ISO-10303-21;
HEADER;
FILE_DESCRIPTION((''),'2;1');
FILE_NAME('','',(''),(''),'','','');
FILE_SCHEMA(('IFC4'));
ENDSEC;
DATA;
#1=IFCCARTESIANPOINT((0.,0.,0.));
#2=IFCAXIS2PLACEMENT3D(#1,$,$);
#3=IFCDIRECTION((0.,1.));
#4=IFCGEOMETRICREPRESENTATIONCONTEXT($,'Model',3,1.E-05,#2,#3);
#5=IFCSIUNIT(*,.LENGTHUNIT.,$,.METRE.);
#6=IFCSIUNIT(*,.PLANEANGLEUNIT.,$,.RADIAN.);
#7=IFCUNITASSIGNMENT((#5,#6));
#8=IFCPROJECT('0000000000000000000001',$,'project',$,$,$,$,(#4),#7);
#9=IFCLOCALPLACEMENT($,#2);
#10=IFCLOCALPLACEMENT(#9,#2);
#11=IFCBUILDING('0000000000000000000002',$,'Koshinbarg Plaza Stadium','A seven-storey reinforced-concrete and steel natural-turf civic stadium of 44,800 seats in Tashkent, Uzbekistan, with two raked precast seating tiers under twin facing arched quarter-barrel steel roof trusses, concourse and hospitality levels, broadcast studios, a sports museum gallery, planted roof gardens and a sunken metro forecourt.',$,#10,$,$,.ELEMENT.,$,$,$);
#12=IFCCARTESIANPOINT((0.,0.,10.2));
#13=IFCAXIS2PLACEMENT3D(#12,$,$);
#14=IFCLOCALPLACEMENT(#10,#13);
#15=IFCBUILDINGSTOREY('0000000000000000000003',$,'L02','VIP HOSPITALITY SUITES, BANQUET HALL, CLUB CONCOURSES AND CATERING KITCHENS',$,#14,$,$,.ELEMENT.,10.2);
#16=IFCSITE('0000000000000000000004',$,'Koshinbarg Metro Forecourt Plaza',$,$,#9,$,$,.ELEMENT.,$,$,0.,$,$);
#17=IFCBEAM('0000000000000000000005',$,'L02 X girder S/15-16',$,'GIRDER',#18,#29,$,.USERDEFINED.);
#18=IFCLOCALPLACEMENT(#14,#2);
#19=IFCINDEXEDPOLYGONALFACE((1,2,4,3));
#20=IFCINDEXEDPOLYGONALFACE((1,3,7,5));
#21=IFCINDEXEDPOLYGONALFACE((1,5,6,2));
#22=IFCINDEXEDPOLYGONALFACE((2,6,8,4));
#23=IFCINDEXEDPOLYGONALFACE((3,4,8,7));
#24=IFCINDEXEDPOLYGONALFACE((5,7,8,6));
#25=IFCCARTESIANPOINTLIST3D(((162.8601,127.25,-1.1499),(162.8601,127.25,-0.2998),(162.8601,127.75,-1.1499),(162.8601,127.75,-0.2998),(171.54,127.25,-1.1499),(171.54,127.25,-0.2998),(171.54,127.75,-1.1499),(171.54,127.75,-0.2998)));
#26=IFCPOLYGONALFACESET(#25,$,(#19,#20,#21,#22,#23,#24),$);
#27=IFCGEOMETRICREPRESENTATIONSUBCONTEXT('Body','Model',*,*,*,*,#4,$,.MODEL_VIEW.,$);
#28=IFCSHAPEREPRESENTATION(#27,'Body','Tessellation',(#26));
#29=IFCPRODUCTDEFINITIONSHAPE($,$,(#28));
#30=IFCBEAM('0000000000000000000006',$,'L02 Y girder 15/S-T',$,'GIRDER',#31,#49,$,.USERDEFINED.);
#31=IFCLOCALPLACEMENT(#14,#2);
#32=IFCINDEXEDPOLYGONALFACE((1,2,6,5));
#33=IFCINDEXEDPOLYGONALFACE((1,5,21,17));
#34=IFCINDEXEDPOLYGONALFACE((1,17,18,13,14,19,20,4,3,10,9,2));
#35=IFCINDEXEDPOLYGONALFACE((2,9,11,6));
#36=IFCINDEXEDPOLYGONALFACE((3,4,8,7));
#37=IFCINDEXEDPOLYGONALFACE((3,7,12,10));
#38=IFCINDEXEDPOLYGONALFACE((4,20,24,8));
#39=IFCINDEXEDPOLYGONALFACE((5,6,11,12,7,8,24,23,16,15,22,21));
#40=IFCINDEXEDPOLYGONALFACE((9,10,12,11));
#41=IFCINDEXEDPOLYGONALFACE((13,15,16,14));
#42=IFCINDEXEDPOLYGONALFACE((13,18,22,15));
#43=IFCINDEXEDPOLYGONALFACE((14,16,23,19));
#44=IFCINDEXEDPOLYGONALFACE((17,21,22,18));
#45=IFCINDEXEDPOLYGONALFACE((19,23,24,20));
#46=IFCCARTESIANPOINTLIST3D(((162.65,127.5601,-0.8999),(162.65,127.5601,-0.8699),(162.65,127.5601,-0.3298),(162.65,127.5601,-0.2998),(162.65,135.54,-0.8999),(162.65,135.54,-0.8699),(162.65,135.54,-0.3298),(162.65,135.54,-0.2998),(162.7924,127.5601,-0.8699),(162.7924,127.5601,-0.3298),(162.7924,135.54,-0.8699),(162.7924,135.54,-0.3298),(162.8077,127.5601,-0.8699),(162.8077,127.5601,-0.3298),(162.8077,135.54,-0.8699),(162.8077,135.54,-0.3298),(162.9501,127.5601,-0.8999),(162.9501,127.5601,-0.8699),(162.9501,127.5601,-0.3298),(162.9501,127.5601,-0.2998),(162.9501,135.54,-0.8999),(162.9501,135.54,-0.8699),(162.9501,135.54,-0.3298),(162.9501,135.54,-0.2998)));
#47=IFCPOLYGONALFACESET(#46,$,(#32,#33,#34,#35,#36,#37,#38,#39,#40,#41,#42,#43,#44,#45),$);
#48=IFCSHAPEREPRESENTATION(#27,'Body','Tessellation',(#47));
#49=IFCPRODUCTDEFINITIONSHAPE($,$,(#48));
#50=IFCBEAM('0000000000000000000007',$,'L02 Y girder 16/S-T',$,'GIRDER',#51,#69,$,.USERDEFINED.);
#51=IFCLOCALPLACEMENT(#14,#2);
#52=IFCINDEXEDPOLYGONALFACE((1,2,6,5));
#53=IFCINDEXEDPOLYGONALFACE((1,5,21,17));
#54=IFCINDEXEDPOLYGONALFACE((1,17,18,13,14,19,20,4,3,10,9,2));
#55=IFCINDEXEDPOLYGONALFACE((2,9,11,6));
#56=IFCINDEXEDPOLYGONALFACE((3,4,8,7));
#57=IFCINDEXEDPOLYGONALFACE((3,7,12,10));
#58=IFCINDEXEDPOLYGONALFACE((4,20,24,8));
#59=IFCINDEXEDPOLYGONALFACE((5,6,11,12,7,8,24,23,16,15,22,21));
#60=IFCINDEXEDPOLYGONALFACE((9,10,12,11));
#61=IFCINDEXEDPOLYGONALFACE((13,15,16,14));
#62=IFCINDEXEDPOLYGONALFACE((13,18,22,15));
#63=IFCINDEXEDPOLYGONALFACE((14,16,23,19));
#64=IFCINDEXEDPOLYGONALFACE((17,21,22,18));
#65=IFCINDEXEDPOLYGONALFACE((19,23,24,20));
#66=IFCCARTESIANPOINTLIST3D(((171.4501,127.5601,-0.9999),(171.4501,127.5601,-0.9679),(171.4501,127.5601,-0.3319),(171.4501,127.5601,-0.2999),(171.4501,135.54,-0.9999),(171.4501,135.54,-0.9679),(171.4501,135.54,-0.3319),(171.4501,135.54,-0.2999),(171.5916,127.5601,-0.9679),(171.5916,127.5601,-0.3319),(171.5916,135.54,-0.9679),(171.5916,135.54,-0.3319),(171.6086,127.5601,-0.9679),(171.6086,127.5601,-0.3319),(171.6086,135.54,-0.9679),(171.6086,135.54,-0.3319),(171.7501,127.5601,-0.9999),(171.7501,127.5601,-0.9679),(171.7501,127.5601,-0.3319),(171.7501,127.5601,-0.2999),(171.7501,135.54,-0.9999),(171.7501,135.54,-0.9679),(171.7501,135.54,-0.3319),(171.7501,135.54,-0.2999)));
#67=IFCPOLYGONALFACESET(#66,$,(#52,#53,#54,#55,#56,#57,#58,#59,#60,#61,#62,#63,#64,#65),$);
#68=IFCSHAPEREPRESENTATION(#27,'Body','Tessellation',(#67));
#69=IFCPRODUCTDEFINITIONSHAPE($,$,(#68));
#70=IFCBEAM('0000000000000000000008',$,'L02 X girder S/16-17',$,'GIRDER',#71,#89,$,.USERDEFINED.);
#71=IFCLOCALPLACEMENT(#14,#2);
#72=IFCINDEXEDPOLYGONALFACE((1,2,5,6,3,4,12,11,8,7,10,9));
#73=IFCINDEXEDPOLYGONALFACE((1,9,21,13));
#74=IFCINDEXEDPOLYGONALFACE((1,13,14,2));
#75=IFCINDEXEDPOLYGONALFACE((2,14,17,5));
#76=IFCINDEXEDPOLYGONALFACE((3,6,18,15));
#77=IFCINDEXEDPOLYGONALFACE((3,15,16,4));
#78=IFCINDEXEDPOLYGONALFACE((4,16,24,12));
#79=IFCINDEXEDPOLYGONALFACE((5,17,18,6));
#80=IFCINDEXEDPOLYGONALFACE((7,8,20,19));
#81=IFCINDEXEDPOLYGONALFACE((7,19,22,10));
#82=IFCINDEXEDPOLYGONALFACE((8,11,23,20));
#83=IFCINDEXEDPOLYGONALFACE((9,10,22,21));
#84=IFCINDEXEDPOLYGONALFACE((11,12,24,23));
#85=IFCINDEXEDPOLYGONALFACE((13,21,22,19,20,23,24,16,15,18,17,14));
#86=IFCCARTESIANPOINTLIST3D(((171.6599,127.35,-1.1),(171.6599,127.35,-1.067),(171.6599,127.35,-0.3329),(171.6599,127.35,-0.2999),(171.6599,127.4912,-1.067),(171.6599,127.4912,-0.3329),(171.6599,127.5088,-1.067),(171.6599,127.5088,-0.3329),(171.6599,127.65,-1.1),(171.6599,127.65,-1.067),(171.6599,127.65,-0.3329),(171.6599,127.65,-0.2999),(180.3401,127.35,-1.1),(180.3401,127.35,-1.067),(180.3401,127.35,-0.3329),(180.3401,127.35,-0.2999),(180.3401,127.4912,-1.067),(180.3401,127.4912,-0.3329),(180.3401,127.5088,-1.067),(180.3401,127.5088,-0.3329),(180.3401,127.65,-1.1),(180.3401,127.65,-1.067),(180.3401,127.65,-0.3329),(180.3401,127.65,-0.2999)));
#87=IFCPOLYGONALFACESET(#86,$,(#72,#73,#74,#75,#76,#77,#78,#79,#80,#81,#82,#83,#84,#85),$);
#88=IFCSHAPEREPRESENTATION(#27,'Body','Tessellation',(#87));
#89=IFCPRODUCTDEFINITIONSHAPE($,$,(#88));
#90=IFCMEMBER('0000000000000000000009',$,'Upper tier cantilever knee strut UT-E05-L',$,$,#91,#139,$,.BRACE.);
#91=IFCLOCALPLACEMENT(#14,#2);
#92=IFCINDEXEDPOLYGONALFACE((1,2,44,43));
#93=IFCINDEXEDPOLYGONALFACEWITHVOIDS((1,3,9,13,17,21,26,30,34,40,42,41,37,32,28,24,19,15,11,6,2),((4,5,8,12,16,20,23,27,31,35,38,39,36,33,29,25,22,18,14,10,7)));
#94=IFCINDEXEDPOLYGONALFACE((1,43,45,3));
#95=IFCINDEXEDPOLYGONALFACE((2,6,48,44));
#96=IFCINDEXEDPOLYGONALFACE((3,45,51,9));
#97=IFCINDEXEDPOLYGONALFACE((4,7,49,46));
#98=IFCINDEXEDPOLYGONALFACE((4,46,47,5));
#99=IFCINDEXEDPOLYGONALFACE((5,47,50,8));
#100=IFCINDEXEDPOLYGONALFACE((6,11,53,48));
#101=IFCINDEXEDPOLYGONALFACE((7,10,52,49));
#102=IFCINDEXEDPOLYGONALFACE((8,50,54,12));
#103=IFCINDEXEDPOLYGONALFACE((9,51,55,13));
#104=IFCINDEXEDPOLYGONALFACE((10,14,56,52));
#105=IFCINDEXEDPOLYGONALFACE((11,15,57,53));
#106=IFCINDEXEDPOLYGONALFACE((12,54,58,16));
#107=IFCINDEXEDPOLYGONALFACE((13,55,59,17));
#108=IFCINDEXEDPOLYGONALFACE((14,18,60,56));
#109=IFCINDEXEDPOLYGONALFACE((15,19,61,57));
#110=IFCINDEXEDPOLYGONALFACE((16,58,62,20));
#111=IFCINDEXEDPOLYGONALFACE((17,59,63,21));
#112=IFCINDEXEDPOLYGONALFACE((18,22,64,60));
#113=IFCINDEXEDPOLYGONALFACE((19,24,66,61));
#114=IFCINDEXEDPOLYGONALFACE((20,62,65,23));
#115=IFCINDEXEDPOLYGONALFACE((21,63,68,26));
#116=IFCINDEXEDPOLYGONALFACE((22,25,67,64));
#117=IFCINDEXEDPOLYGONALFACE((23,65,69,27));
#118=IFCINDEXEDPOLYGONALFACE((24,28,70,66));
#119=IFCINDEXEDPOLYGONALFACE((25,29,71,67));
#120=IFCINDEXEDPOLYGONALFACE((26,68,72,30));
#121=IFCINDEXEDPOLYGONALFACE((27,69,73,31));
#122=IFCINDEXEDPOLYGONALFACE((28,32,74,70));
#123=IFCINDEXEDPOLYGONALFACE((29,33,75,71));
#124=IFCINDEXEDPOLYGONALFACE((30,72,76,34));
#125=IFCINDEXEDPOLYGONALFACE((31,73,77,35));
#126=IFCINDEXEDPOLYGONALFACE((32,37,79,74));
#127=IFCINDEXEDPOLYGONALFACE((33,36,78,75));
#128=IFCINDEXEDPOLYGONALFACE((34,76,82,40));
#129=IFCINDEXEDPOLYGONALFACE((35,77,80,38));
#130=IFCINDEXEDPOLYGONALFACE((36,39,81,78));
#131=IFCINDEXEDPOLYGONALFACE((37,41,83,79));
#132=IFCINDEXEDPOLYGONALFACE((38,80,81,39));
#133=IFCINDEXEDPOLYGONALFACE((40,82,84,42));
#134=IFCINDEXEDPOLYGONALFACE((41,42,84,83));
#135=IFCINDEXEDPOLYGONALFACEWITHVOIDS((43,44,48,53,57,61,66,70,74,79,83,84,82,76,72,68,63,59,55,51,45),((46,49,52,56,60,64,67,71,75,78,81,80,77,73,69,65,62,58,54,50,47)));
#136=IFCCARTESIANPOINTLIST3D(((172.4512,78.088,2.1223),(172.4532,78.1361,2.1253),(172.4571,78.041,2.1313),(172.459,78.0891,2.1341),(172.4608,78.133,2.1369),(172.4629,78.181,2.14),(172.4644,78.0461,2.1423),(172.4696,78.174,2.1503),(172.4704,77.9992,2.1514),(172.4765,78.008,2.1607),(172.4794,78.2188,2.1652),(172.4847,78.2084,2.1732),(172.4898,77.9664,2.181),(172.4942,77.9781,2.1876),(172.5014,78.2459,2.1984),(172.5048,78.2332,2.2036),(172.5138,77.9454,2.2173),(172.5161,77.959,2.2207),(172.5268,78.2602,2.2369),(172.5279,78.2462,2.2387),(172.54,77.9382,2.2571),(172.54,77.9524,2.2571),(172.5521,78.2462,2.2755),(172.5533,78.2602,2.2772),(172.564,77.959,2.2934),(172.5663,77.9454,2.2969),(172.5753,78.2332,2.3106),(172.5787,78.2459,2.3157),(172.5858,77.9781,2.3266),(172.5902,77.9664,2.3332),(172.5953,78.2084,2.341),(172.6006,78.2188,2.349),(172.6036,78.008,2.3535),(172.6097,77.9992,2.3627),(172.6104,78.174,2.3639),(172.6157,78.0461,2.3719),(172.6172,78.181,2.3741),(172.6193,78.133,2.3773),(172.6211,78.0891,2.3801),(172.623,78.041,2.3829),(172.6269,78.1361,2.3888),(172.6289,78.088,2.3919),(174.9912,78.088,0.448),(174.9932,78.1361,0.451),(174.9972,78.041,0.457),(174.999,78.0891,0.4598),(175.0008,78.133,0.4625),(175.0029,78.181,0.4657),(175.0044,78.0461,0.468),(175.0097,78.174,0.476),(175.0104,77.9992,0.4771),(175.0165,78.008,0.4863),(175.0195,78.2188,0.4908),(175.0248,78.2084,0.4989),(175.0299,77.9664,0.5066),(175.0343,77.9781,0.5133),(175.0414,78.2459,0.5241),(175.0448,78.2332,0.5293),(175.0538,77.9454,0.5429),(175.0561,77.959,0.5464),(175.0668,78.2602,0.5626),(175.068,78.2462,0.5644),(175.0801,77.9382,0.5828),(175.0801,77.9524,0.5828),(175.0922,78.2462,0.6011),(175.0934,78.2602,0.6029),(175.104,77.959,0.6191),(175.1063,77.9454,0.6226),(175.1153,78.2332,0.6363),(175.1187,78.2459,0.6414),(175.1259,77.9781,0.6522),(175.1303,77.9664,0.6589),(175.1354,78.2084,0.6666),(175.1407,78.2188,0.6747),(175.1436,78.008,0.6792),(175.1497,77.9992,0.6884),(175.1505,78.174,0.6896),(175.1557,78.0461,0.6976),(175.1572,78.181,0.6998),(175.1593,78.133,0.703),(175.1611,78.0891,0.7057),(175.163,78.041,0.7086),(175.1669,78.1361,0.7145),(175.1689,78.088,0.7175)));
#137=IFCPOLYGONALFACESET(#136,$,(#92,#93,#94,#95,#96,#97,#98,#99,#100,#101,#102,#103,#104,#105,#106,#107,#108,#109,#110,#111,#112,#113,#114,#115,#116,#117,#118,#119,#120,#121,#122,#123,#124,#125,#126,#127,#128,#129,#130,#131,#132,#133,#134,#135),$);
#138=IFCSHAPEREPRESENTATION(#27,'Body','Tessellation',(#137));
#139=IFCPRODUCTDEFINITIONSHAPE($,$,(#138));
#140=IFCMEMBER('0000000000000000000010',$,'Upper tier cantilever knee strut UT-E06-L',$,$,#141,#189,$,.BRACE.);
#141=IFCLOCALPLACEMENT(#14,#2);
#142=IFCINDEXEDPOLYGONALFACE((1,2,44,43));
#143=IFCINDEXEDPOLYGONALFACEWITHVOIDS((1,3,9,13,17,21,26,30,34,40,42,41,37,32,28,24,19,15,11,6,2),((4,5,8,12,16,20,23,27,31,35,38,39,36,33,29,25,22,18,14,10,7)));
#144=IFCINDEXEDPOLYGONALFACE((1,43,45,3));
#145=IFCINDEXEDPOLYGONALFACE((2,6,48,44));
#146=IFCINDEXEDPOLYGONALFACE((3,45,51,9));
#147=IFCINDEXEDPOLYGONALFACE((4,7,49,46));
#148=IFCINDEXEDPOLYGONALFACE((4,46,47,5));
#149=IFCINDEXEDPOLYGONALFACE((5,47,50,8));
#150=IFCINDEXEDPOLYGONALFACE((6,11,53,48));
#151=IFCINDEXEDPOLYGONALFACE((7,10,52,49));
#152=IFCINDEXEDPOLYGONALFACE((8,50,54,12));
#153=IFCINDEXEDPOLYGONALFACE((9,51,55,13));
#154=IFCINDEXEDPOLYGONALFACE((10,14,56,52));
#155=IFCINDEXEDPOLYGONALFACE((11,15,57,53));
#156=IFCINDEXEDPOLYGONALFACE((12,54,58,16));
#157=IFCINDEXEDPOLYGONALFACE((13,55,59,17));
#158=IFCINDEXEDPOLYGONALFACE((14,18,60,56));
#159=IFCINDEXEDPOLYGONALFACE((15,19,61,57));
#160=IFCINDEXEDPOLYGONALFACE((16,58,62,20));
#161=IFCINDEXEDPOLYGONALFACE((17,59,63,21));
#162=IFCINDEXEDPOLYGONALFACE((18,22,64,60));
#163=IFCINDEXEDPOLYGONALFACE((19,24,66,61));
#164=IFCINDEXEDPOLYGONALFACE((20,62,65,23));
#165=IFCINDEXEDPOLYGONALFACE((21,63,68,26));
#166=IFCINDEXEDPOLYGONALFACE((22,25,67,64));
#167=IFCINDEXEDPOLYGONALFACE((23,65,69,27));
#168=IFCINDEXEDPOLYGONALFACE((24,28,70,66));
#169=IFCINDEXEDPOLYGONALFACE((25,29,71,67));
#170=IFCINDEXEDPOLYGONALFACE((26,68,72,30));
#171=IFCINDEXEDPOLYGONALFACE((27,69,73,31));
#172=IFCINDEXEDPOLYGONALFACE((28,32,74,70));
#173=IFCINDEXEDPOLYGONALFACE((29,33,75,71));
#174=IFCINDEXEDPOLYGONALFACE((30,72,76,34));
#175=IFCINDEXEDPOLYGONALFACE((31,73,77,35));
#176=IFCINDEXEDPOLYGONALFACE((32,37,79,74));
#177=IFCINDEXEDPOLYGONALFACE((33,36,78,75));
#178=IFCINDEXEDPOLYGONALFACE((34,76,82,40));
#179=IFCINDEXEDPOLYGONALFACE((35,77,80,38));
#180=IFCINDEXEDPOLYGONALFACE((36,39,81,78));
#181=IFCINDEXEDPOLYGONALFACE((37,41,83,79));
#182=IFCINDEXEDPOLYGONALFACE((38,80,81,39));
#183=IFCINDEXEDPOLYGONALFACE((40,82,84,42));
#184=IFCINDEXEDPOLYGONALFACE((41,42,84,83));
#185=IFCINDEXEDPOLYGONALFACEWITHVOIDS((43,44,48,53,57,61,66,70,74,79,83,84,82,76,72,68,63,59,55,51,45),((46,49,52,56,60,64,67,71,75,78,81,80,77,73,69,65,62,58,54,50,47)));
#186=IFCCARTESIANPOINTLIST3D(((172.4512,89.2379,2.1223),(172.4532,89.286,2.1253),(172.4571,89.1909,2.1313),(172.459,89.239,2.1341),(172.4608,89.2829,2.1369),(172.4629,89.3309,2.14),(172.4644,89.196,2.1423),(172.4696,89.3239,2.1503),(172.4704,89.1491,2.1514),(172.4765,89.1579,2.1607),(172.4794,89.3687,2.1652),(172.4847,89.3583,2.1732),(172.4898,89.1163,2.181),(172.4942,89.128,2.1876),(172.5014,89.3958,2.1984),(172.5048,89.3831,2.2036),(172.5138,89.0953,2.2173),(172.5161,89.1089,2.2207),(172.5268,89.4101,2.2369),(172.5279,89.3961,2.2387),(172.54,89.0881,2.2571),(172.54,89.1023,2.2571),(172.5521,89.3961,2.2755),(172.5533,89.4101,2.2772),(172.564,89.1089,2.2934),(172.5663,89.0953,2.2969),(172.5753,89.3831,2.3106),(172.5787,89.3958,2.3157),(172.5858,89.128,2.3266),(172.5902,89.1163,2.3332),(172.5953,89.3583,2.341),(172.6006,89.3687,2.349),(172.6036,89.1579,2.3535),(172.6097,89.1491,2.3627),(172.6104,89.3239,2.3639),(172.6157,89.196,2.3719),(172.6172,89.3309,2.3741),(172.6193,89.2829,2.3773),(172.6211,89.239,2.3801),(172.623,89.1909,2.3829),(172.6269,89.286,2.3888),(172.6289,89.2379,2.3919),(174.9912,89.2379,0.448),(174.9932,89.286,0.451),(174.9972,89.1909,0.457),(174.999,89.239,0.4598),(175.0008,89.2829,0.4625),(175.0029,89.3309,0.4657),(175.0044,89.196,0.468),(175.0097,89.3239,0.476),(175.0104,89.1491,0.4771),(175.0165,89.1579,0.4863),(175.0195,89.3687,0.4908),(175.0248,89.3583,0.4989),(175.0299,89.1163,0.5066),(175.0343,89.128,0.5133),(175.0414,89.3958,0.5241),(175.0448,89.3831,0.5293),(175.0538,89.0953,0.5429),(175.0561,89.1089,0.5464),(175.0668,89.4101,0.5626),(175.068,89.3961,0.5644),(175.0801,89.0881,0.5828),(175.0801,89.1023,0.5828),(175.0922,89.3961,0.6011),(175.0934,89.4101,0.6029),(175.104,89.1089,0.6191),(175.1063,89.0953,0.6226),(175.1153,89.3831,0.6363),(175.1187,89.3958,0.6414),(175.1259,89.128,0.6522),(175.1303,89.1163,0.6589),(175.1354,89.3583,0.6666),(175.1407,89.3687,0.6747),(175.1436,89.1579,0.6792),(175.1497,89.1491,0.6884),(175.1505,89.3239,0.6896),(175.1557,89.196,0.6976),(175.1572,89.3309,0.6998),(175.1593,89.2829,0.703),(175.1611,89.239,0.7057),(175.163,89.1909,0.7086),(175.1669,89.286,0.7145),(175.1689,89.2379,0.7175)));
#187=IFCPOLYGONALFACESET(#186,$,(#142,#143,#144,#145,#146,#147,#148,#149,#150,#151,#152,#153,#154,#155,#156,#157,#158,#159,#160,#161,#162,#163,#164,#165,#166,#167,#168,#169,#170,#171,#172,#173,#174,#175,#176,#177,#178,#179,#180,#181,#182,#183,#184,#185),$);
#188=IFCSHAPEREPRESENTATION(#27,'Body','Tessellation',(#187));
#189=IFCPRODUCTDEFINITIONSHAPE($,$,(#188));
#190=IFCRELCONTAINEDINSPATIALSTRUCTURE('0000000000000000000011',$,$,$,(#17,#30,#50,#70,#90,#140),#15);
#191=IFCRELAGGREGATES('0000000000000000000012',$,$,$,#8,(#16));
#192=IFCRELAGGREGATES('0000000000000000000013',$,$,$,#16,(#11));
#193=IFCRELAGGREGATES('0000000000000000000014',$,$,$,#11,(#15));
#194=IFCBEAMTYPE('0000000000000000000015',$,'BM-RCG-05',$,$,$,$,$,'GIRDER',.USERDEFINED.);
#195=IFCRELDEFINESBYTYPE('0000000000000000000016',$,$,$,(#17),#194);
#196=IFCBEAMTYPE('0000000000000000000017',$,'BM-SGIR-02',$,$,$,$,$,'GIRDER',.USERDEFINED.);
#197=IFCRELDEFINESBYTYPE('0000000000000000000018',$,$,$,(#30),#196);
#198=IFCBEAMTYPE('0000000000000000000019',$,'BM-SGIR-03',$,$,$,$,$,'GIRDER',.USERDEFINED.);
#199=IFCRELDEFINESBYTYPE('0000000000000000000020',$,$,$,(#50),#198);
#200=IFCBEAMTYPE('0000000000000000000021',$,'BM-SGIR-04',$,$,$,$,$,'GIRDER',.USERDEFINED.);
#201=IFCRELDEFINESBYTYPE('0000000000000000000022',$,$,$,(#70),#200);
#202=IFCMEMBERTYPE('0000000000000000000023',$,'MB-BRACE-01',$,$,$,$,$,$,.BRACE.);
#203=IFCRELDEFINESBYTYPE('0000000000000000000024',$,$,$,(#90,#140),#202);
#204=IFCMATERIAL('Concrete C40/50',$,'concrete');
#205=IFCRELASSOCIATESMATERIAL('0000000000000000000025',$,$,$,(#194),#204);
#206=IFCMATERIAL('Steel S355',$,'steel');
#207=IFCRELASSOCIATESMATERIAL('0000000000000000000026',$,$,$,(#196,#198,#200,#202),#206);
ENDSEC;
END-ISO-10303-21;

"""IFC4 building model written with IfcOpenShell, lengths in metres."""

from ifc_helpers import new_model, si_unit, direction, frame, origin, origin_2d, place, context, subcontext, project, spatial, rectangle, hollow_circle, i_section, extrude, material, material_profile, profile_set, type_object, element, save


model = new_model("IFC4")

# Units and contexts
model_context = context("Model", 3, precision=1e-05, world=origin(), true_north=direction((0.0, 1.0)))
body_context = subcontext(model_context, "Body", "Model", "MODEL_VIEW")
ifc_project = project(units=[si_unit("LENGTHUNIT", "METRE"), si_unit("PLANEANGLEUNIT", "RADIAN")], contexts=[model_context])

# Site, building, storey
site_placement = place(None, origin())
site = spatial("IfcSite", under=ifc_project, at=site_placement, Name="Koshinbarg Metro Forecourt Plaza", CompositionType="ELEMENT", RefElevation=0.0)
building_placement = place(site_placement, origin())
building = spatial("IfcBuilding", under=site, at=building_placement, Name="Koshinbarg Plaza Stadium", Description="A seven-storey reinforced-concrete and steel natural-turf civic stadium of 44,800 seats in Tashkent, Uzbekistan, with two raked precast seating tiers under twin facing arched quarter-barrel steel roof trusses, concourse and hospitality levels, broadcast studios, a sports museum gallery, planted roof gardens and a sunken metro forecourt.", CompositionType="ELEMENT")
storey_placement = place(building_placement, frame((0.0, 0.0, 10.2)))
storey = spatial("IfcBuildingStorey", under=building, at=storey_placement, Name="L02", Description="VIP HOSPITALITY SUITES, BANQUET HALL, CLUB CONCOURSES AND CATERING KITCHENS", CompositionType="ELEMENT", Elevation=10.2)

# Shared definitions
ifc_material_1 = material(Name="Concrete C40/50", Category="concrete")

# Beams
ifc_material_profile_1 = material_profile(ifc_material_1, rectangle(XDim=0.5, YDim=0.8501, at=origin_2d()), Name="RC 500x850")
ifc_profile_set_1 = profile_set([ifc_material_profile_1], Name="Concrete C40/50")
beam_type_1 = type_object("IfcBeamType", Name="BM-RCG-05", ElementType="GIRDER", PredefinedType="USERDEFINED", material=ifc_profile_set_1)
beam_1_placement = place(storey_placement, frame((162.8601, 127.5, -0.7249), z_axis=(1.0, 0.0, 0.0), x_axis=(0.0, 1.0, 0.0)))
element("IfcBeam", 1, at=beam_1_placement, inside=storey, type_object=beam_type_1, Name="L02 X girder S/15-16", ObjectType="GIRDER", PredefinedType="USERDEFINED", context=body_context, shape_type="SweptSolid", body=[
    extrude(rectangle(XDim=0.5, YDim=0.8501, at=origin_2d()), origin(), (0.0, 0.0, 1.0), 8.6799),
])
ifc_material_2 = material(Name="Steel S355", Category="steel")
ifc_material_profile_2 = material_profile(ifc_material_2, i_section(OverallWidth=0.3, OverallDepth=0.6001, WebThickness=0.0154, FlangeThickness=0.03, at=origin_2d()), Name="HEB 600")
ifc_profile_set_2 = profile_set([ifc_material_profile_2], Name="Steel S355")
beam_type_2 = type_object("IfcBeamType", Name="BM-SGIR-02", ElementType="GIRDER", PredefinedType="USERDEFINED", material=ifc_profile_set_2)
beam_2_placement = place(storey_placement, frame((162.8, 127.5601, -0.5999), z_axis=(0.0, 1.0, 0.0), x_axis=(-1.0, 0.0, 0.0)))
element("IfcBeam", 2, at=beam_2_placement, inside=storey, type_object=beam_type_2, Name="L02 Y girder 15/S-T", ObjectType="GIRDER", PredefinedType="USERDEFINED", context=body_context, shape_type="SweptSolid", body=[
    extrude(i_section(OverallWidth=0.3, OverallDepth=0.6001, WebThickness=0.0154, FlangeThickness=0.03, at=origin_2d()), origin(), (0.0, 0.0, 1.0), 7.98),
])
ifc_material_profile_3 = material_profile(ifc_material_2, i_section(OverallWidth=0.3, OverallDepth=0.7, WebThickness=0.0171, FlangeThickness=0.032, at=origin_2d()), Name="HEB 700")
ifc_profile_set_3 = profile_set([ifc_material_profile_3], Name="Steel S355")
beam_type_3 = type_object("IfcBeamType", Name="BM-SGIR-03", ElementType="GIRDER", PredefinedType="USERDEFINED", material=ifc_profile_set_3)
beam_3_placement = place(storey_placement, frame((171.6001, 127.5601, -0.6499), z_axis=(0.0, 1.0, 0.0), x_axis=(-1.0, 0.0, 0.0)))
element("IfcBeam", 3, at=beam_3_placement, inside=storey, type_object=beam_type_3, Name="L02 Y girder 16/S-T", ObjectType="GIRDER", PredefinedType="USERDEFINED", context=body_context, shape_type="SweptSolid", body=[
    extrude(i_section(OverallWidth=0.3, OverallDepth=0.7, WebThickness=0.0171, FlangeThickness=0.032, at=origin_2d()), origin(), (0.0, 0.0, 1.0), 7.98),
])
ifc_material_profile_4 = material_profile(ifc_material_2, i_section(OverallWidth=0.3, OverallDepth=0.8, WebThickness=0.0176, FlangeThickness=0.033, at=origin_2d()), Name="HEB 800")
ifc_profile_set_4 = profile_set([ifc_material_profile_4], Name="Steel S355")
beam_type_4 = type_object("IfcBeamType", Name="BM-SGIR-04", ElementType="GIRDER", PredefinedType="USERDEFINED", material=ifc_profile_set_4)
beam_4_placement = place(storey_placement, frame((171.6599, 127.5, -0.7), z_axis=(1.0, 0.0, 0.0), x_axis=(0.0, 1.0, 0.0)))
element("IfcBeam", 4, at=beam_4_placement, inside=storey, type_object=beam_type_4, Name="L02 X girder S/16-17", ObjectType="GIRDER", PredefinedType="USERDEFINED", context=body_context, shape_type="SweptSolid", body=[
    extrude(i_section(OverallWidth=0.3, OverallDepth=0.8, WebThickness=0.0176, FlangeThickness=0.033, at=origin_2d()), origin(), (0.0, 0.0, 1.0), 8.6802),
])

# Members
ifc_material_profile_5 = material_profile(ifc_material_2, hollow_circle(Radius=0.1619, WallThickness=0.0142, at=origin_2d()), Name="CHS 323.9x14.2")
ifc_profile_set_5 = profile_set([ifc_material_profile_5], Name="Steel S355")
member_type = type_object("IfcMemberType", Name="MB-BRACE-01", PredefinedType="BRACE", material=ifc_profile_set_5)
for number, where, z_axis, x_axis, name in (
    (5, (175.0801, 78.1001, 0.5828), (-0.834928, 0.0, 0.550359), (0.0, -1.0, 0.0), "Upper tier cantilever knee strut UT-E05-L"),
    (6, (175.0801, 89.25, 0.5828), (-0.834928, 0.0, 0.550359), (0.0, -1.0, 0.0), "Upper tier cantilever knee strut UT-E06-L"),
):
    element("IfcMember", number, at=place(storey_placement, frame(where, z_axis=z_axis, x_axis=x_axis)), inside=storey, type_object=member_type, Name=name, PredefinedType="BRACE", context=body_context, shape_type="SweptSolid", body=[
        extrude(hollow_circle(Radius=0.1619, WallThickness=0.0142, at=origin_2d()), origin(), (0.0, 0.0, 1.0), 3.0422),
    ])

save(model, "model.ifc")
